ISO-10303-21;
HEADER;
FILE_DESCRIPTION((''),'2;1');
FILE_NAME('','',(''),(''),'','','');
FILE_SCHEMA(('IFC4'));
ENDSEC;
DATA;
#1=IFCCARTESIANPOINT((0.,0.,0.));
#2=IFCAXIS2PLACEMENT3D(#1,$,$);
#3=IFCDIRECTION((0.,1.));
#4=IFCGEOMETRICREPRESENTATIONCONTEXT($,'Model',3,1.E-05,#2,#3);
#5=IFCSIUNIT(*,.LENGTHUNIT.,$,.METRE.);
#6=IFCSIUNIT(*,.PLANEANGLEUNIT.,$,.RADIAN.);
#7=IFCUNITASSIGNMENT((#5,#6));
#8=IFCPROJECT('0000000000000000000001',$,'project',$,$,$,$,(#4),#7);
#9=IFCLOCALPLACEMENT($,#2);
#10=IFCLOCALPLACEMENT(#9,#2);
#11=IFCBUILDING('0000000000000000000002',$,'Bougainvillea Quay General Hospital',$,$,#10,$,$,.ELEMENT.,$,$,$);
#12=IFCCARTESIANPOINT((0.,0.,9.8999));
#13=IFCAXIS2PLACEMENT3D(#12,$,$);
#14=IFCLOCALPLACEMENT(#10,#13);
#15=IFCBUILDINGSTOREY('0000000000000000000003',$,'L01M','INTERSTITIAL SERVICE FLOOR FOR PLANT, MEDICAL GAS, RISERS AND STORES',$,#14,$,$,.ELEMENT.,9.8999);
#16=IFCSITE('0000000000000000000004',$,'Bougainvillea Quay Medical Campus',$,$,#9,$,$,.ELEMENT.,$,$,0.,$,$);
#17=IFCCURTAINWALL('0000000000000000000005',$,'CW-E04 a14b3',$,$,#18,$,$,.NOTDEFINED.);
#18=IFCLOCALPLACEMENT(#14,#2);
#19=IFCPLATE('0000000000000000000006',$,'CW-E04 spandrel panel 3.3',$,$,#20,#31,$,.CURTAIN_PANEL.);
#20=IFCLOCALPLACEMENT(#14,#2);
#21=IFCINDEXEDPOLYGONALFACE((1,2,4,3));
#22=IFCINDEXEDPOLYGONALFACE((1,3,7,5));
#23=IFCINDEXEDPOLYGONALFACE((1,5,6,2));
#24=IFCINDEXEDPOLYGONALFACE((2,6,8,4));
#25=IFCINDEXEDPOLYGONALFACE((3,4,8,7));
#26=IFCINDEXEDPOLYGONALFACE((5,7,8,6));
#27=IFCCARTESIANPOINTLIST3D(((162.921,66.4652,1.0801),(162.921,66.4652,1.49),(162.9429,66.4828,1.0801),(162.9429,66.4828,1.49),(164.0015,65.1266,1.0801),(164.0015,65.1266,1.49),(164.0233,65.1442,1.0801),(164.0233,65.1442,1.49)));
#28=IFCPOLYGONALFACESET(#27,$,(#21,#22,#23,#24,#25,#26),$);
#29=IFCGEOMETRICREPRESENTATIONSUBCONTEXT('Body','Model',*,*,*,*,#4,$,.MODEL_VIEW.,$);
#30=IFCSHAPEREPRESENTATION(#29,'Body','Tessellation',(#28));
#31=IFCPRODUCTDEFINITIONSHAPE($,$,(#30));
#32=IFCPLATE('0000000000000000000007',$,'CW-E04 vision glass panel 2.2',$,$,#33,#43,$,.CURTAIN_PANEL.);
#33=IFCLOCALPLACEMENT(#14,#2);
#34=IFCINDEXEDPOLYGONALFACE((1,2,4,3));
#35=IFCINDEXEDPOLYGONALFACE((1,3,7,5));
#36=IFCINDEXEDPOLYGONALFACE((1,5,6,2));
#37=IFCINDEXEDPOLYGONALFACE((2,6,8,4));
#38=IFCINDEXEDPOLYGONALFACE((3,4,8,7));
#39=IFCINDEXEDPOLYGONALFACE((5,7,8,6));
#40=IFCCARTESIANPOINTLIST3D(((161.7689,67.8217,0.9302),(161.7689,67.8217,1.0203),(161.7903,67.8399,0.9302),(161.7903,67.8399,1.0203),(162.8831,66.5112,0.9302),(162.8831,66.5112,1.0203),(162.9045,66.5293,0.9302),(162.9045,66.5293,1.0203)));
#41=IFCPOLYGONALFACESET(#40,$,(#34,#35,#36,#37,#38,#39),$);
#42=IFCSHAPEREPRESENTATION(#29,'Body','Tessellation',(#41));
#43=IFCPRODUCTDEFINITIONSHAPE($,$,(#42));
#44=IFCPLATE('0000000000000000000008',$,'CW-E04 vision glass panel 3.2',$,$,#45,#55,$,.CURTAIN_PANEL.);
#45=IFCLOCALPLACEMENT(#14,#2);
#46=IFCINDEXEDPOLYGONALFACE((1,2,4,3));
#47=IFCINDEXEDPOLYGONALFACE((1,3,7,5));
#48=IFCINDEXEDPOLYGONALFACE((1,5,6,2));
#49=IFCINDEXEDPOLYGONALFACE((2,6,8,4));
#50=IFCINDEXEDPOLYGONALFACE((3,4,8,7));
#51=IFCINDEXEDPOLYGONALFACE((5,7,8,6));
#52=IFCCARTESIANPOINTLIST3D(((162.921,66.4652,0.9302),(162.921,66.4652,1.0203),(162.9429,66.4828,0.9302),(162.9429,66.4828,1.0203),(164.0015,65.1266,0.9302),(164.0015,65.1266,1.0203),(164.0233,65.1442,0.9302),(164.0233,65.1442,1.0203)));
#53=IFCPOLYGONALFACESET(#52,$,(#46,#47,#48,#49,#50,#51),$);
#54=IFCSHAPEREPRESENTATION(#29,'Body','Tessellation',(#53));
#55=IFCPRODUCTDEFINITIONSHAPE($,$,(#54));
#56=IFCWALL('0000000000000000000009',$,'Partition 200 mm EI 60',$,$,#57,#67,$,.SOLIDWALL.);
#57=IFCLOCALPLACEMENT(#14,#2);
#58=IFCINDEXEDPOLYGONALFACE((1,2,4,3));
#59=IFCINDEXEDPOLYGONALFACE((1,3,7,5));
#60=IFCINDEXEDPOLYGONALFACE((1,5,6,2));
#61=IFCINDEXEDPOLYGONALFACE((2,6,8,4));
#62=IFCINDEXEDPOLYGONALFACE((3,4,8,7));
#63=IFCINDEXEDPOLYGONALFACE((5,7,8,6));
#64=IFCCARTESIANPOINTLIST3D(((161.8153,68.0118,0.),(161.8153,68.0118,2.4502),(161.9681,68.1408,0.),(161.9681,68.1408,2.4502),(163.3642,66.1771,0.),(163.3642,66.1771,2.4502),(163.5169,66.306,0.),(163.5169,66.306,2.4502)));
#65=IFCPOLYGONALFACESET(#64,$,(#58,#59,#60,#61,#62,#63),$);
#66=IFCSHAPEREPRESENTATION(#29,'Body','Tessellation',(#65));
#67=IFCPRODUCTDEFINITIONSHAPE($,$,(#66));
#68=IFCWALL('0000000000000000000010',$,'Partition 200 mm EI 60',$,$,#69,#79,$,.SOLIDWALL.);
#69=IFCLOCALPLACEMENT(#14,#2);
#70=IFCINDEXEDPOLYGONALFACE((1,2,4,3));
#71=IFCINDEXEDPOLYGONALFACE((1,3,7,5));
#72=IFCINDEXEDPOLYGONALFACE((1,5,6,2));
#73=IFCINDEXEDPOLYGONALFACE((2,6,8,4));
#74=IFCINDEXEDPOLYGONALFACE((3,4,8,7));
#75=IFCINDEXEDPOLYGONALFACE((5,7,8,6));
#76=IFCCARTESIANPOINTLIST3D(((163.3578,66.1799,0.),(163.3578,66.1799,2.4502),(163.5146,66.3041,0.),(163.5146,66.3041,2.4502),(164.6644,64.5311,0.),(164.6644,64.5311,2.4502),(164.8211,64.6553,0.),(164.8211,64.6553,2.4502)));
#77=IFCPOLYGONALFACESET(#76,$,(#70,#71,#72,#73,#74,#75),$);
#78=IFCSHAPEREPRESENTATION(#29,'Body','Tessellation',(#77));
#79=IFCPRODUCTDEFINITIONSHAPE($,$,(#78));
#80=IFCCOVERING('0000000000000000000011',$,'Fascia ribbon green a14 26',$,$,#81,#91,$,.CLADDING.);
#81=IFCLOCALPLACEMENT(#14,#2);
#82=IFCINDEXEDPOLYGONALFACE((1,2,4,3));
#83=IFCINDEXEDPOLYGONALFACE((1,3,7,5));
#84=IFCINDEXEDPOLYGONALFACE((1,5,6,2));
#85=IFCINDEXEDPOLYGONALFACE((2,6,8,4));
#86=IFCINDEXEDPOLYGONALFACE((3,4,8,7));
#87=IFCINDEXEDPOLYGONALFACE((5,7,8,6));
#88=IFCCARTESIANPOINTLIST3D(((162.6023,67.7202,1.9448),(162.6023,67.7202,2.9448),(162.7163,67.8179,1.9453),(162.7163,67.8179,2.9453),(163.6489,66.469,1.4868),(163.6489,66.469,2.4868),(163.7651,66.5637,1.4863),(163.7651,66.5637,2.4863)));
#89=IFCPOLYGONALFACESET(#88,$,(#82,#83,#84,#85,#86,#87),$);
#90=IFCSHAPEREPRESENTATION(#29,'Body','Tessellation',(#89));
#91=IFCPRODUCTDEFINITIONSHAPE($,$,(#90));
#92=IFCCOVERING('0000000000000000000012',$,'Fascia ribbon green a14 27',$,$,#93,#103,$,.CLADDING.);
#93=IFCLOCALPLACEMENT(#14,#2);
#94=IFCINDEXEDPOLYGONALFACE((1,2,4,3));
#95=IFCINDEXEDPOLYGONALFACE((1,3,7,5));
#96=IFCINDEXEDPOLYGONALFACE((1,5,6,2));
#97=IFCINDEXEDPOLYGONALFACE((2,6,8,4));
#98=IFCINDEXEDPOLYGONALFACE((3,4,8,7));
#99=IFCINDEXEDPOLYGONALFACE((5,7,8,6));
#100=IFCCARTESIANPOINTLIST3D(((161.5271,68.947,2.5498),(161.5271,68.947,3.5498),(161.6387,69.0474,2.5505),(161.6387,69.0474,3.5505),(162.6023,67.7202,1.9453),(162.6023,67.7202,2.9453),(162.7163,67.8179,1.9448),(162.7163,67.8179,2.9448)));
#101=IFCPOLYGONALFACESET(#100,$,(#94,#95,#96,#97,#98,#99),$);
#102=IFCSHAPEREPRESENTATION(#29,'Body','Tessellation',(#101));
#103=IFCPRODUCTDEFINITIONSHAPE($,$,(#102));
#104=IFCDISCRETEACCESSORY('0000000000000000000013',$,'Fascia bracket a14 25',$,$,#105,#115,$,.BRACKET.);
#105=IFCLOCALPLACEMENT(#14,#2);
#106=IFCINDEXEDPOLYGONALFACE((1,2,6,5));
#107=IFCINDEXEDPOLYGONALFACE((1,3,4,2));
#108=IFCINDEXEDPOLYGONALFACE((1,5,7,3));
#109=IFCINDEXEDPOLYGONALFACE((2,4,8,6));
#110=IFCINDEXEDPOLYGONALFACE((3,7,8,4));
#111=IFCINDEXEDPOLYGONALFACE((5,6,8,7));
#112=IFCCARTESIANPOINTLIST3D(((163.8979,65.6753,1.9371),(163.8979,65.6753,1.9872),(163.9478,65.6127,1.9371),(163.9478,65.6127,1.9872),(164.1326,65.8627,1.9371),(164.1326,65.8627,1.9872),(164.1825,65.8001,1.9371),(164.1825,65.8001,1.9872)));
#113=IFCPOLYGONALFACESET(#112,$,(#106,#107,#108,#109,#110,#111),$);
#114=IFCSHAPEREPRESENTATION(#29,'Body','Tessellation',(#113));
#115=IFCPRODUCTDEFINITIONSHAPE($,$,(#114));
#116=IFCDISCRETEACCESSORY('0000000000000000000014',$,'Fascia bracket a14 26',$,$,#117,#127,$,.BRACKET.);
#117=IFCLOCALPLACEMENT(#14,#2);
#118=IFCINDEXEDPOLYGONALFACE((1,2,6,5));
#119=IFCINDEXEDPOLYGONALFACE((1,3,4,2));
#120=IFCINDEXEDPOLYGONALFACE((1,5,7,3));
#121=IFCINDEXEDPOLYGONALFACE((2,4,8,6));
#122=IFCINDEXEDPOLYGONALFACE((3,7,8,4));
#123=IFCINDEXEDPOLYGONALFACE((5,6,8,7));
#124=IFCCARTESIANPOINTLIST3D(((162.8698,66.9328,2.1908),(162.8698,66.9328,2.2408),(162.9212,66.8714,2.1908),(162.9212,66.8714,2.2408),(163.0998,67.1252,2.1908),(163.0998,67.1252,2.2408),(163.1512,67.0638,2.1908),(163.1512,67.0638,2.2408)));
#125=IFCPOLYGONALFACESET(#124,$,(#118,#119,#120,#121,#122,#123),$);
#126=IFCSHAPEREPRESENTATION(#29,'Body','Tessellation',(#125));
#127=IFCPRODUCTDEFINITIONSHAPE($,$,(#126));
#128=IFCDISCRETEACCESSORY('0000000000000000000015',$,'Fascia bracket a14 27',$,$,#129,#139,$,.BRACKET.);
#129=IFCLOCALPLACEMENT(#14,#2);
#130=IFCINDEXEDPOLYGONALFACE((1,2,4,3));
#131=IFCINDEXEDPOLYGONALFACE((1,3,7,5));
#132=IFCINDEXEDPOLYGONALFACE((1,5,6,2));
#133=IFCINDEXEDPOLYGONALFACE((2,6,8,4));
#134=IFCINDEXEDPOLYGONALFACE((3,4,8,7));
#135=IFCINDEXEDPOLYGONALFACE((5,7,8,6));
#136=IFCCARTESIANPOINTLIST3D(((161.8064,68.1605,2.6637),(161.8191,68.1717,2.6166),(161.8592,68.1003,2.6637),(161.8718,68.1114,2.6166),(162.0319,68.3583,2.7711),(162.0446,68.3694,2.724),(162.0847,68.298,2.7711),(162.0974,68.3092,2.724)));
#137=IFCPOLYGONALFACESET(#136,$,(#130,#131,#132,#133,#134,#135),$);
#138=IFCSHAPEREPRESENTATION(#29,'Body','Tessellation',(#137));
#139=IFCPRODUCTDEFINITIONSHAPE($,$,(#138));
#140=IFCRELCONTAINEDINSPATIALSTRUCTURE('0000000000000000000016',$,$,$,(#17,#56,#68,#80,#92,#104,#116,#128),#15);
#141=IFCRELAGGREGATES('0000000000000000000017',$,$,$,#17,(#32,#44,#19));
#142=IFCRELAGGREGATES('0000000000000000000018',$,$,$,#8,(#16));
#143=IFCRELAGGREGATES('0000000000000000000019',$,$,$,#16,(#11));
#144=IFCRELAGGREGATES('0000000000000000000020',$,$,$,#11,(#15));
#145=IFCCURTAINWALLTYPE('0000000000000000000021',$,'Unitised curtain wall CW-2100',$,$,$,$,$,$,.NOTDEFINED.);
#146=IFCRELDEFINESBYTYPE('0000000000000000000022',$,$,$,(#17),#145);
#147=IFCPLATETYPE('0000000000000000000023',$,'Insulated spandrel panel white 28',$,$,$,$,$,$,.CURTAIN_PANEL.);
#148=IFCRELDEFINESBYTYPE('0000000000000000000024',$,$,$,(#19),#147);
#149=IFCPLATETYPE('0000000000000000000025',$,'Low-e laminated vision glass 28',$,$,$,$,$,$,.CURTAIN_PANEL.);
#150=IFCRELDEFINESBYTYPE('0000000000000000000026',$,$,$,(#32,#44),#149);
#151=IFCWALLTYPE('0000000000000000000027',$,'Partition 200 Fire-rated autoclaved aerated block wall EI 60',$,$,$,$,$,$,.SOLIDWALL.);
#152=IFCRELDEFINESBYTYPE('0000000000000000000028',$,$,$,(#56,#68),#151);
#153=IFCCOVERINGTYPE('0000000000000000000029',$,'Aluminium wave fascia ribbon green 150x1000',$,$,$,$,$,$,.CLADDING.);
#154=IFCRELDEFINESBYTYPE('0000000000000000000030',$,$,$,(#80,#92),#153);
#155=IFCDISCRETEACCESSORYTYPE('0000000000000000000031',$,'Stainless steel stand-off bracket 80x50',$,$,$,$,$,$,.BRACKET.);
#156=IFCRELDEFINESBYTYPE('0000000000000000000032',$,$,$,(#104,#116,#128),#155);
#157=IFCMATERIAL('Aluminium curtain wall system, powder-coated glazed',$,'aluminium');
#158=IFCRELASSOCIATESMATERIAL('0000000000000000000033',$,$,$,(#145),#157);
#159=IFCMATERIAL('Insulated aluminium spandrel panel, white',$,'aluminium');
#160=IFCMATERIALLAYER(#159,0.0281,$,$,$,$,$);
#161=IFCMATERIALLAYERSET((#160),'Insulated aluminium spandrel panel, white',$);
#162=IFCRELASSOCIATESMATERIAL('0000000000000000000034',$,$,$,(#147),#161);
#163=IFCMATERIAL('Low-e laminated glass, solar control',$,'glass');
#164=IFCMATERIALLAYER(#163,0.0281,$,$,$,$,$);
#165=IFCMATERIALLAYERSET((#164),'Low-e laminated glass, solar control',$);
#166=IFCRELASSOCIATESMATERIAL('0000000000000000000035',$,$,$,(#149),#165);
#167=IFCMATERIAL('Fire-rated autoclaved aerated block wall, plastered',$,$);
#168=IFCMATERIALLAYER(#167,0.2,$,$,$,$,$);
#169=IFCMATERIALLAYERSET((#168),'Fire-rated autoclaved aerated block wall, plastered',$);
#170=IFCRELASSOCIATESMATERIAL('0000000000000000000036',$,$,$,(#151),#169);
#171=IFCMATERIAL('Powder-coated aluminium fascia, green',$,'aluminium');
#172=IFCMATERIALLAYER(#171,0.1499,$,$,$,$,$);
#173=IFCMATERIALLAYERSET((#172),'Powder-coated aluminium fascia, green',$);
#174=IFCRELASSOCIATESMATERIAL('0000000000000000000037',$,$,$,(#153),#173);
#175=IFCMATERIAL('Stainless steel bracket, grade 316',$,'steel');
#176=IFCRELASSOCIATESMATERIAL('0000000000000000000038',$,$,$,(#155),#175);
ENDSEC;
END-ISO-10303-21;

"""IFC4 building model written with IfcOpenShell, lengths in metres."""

from ifc_helpers import new_model, si_unit, direction, frame, frame_2d, origin, origin_2d, place, context, subcontext, project, spatial, polyline, rectangle, outline, extrude, material, layer, layer_set, material_profile, profile_set, type_object, element, aggregate, save


model = new_model("IFC4")

# Units and contexts
model_context = context("Model", 3, precision=1e-05, world=origin(), true_north=direction((0.0, 1.0)))
body_context = subcontext(model_context, "Body", "Model", "MODEL_VIEW")
ifc_project = project(units=[si_unit("LENGTHUNIT", "METRE"), si_unit("PLANEANGLEUNIT", "RADIAN")], contexts=[model_context])

# Site, building, storey
site_placement = place(None, origin())
site = spatial("IfcSite", under=ifc_project, at=site_placement, Name="Bougainvillea Quay Medical Campus", CompositionType="ELEMENT", RefElevation=0.0)
building_placement = place(site_placement, origin())
building = spatial("IfcBuilding", under=site, at=building_placement, Name="Bougainvillea Quay General Hospital", CompositionType="ELEMENT")
storey_placement = place(building_placement, frame((0.0, 0.0, 9.8999)))
storey = spatial("IfcBuildingStorey", under=building, at=storey_placement, Name="L01M", Description="INTERSTITIAL SERVICE FLOOR FOR PLANT, MEDICAL GAS, RISERS AND STORES", CompositionType="ELEMENT", Elevation=9.8999)

# Curtain wall, plates
ifc_material_1 = material(Name="Aluminium curtain wall system, powder-coated glazed", Category="aluminium")
curtain_wall_type = type_object("IfcCurtainWallType", Name="Unitised curtain wall CW-2100", PredefinedType="NOTDEFINED", material=ifc_material_1)
curtain_wall_placement = place(storey_placement, origin())
curtain_wall = element("IfcCurtainWall", 1, at=curtain_wall_placement, inside=storey, type_object=curtain_wall_type, Name="CW-E04 a14b3", PredefinedType="NOTDEFINED")
ifc_material_2 = material(Name="Insulated aluminium spandrel panel, white", Category="aluminium")
ifc_layer_1 = layer(ifc_material_2, 0.0281)
ifc_layer_set_1 = layer_set([ifc_layer_1], Name="Insulated aluminium spandrel panel, white")
plate_type_1 = type_object("IfcPlateType", Name="Insulated spandrel panel white 28", PredefinedType="CURTAIN_PANEL", material=ifc_layer_set_1)
plate_1_placement = place(storey_placement, frame((163.4722, 65.8047, 1.0801), z_axis=(0.0, 0.0, 1.0), x_axis=(0.628072, -0.778155, 0.0)))
plate_1 = element("IfcPlate", 2, at=plate_1_placement, type_object=plate_type_1, Name="CW-E04 spandrel panel 3.3", PredefinedType="CURTAIN_PANEL", context=body_context, shape_type="SweptSolid", body=[
    extrude(rectangle(XDim=1.7202, YDim=0.0281, at=origin_2d()), origin(), (0.0, 0.0, 1.0), 0.4099),
])
ifc_material_3 = material(Name="Low-e laminated glass, solar control", Category="glass")
ifc_layer_2 = layer(ifc_material_3, 0.0281)
ifc_layer_set_2 = layer_set([ifc_layer_2], Name="Low-e laminated glass, solar control")
plate_type_2 = type_object("IfcPlateType", Name="Low-e laminated vision glass 28", PredefinedType="CURTAIN_PANEL", material=ifc_layer_set_2)
plate_2_placement = place(storey_placement, frame((162.3367, 67.1755, 0.9302), z_axis=(0.0, 0.0, 1.0), x_axis=(0.647726, -0.761873, 0.0)))
plate_2 = element("IfcPlate", 3, at=plate_2_placement, type_object=plate_type_2, Name="CW-E04 vision glass panel 2.2", PredefinedType="CURTAIN_PANEL", context=body_context, shape_type="SweptSolid", body=[
    extrude(rectangle(XDim=1.7202, YDim=0.0281, at=origin_2d()), origin(), (0.0, 0.0, 1.0), 0.0901),
])
plate_3_placement = place(storey_placement, frame((163.4722, 65.8047, 0.9302), z_axis=(0.0, 0.0, 1.0), x_axis=(0.628072, -0.778155, 0.0)))
plate_3 = element("IfcPlate", 4, at=plate_3_placement, type_object=plate_type_2, Name="CW-E04 vision glass panel 3.2", PredefinedType="CURTAIN_PANEL", context=body_context, shape_type="SweptSolid", body=[
    extrude(rectangle(XDim=1.7202, YDim=0.0281, at=origin_2d()), origin(), (0.0, 0.0, 1.0), 0.0901),
])
aggregate(curtain_wall, [plate_2, plate_3, plate_1])

# Walls
ifc_material_4 = material(Name="Fire-rated autoclaved aerated block wall, plastered")
ifc_layer_3 = layer(ifc_material_4, 0.2)
ifc_layer_set_3 = layer_set([ifc_layer_3], Name="Fire-rated autoclaved aerated block wall, plastered")
wall_type = type_object("IfcWallType", Name="Partition 200 Fire-rated autoclaved aerated block wall EI 60", PredefinedType="SOLIDWALL", material=ifc_layer_set_3)
wall_1_placement = place(storey_placement, frame((161.8916, 68.0764, 0.0), z_axis=(0.0, 0.0, 1.0), x_axis=(0.645062, -0.76413, 0.0)))
element("IfcWall", 5, at=wall_1_placement, inside=storey, type_object=wall_type, Name="Partition 200 mm EI 60", PredefinedType="SOLIDWALL", context=body_context, shape_type="SweptSolid", body=[
    extrude(rectangle(XDim=2.4011, YDim=0.2, at=frame_2d((1.2007, 0.0))), origin(), (0.0, 0.0, 1.0), 2.4502),
])
wall_2_placement = place(storey_placement, frame((163.4363, 66.2419, 0.0), z_axis=(0.0, 0.0, 1.0), x_axis=(0.621065, -0.783759, 0.0)))
element("IfcWall", 6, at=wall_2_placement, inside=storey, type_object=wall_type, Name="Partition 200 mm EI 60", PredefinedType="SOLIDWALL", context=body_context, shape_type="SweptSolid", body=[
    extrude(rectangle(XDim=2.1038, YDim=0.2, at=frame_2d((1.0518, 0.0))), origin(), (0.0, 0.0, 1.0), 2.4502),
])

# Coverings
ifc_material_5 = material(Name="Powder-coated aluminium fascia, green", Category="aluminium")
ifc_layer_4 = layer(ifc_material_5, 0.1499)
ifc_layer_set_4 = layer_set([ifc_layer_4], Name="Powder-coated aluminium fascia, green")
covering_type = type_object("IfcCoveringType", Name="Aluminium wave fascia ribbon green 150x1000", PredefinedType="CLADDING", material=ifc_layer_set_4)
covering_1_placement = place(storey_placement, frame((163.6489, 66.469, 1.4868), z_axis=(0.173325, -0.207419, 0.962775), x_axis=(-0.617727, 0.738477, 0.270304)))
element("IfcCovering", 7, at=covering_1_placement, inside=storey, type_object=covering_type, Name="Fascia ribbon green a14 26", PredefinedType="CLADDING", context=body_context, shape_type="SweptSolid", body=[
    extrude(outline(polyline([(0.0, 0.0), (1.6943, 0.0), (1.6962, -0.1501), (-0.002, -0.1499), (0.0, 0.0)])), origin(), (0.270304, -0.000131, 0.962775), 1.0),
])
covering_2_placement = place(storey_placement, frame((162.6023, 67.7202, 1.9453), z_axis=(0.228618, -0.261628, 0.937702), x_axis=(-0.618047, 0.705197, 0.347441)))
element("IfcCovering", 8, at=covering_2_placement, inside=storey, type_object=covering_type, Name="Fascia ribbon green a14 27", PredefinedType="CLADDING", context=body_context, shape_type="SweptSolid", body=[
    extrude(outline(polyline([(0.0, 0.0), (1.7397, 0.0), (1.7417, -0.15), (-0.0018, -0.1501), (0.0, 0.0)])), origin(), (0.347441, -0.000478, 0.937702), 1.0),
])

# Discrete accessories
ifc_material_6 = material(Name="Stainless steel bracket, grade 316", Category="steel")
ifc_material_profile_1 = material_profile(ifc_material_6, rectangle(XDim=0.0801, YDim=0.05, at=origin_2d()))
ifc_profile_set_1 = profile_set([ifc_material_profile_1], Name="Stainless steel bracket, grade 316")
discrete_accessory_type = type_object("IfcDiscreteAccessoryType", Name="Stainless steel stand-off bracket 80x50", PredefinedType="BRACKET", material=ifc_profile_set_1)
discrete_accessory_1_placement = place(storey_placement, frame((163.9229, 65.644, 1.9622), z_axis=(0.781582, 0.623802, 0.0), x_axis=(-0.623802, 0.781582, 0.0)))
element("IfcDiscreteAccessory", 9, at=discrete_accessory_1_placement, inside=storey, type_object=discrete_accessory_type, Name="Fascia bracket a14 25", PredefinedType="BRACKET", context=body_context, shape_type="SweptSolid", body=[
    extrude(rectangle(XDim=0.0801, YDim=0.05, at=origin_2d()), origin(), (0.0, 0.0, 1.0), 0.3003),
])
discrete_accessory_2_placement = place(storey_placement, frame((162.8955, 66.9021, 2.2158), z_axis=(0.767019, 0.641625, 0.0), x_axis=(-0.641625, 0.767019, 0.0)))
element("IfcDiscreteAccessory", 10, at=discrete_accessory_2_placement, inside=storey, type_object=discrete_accessory_type, Name="Fascia bracket a14 26", PredefinedType="BRACKET", context=body_context, shape_type="SweptSolid", body=[
    extrude(rectangle(XDim=0.0801, YDim=0.05, at=origin_2d()), origin(), (0.0, 0.0, 1.0), 0.2998),
])
discrete_accessory_3_placement = place(storey_placement, frame((161.8391, 68.136, 2.6401), z_axis=(0.707952, 0.620607, 0.33712), x_axis=(-0.659196, 0.751971, 0.0)))
element("IfcDiscreteAccessory", 11, at=discrete_accessory_3_placement, inside=storey, type_object=discrete_accessory_type, Name="Fascia bracket a14 27", PredefinedType="BRACKET", context=body_context, shape_type="SweptSolid", body=[
    extrude(rectangle(XDim=0.0801, YDim=0.05, at=origin_2d()), origin(), (0.0, 0.0, 1.0), 0.3186),
])

save(model, "model.ifc")
